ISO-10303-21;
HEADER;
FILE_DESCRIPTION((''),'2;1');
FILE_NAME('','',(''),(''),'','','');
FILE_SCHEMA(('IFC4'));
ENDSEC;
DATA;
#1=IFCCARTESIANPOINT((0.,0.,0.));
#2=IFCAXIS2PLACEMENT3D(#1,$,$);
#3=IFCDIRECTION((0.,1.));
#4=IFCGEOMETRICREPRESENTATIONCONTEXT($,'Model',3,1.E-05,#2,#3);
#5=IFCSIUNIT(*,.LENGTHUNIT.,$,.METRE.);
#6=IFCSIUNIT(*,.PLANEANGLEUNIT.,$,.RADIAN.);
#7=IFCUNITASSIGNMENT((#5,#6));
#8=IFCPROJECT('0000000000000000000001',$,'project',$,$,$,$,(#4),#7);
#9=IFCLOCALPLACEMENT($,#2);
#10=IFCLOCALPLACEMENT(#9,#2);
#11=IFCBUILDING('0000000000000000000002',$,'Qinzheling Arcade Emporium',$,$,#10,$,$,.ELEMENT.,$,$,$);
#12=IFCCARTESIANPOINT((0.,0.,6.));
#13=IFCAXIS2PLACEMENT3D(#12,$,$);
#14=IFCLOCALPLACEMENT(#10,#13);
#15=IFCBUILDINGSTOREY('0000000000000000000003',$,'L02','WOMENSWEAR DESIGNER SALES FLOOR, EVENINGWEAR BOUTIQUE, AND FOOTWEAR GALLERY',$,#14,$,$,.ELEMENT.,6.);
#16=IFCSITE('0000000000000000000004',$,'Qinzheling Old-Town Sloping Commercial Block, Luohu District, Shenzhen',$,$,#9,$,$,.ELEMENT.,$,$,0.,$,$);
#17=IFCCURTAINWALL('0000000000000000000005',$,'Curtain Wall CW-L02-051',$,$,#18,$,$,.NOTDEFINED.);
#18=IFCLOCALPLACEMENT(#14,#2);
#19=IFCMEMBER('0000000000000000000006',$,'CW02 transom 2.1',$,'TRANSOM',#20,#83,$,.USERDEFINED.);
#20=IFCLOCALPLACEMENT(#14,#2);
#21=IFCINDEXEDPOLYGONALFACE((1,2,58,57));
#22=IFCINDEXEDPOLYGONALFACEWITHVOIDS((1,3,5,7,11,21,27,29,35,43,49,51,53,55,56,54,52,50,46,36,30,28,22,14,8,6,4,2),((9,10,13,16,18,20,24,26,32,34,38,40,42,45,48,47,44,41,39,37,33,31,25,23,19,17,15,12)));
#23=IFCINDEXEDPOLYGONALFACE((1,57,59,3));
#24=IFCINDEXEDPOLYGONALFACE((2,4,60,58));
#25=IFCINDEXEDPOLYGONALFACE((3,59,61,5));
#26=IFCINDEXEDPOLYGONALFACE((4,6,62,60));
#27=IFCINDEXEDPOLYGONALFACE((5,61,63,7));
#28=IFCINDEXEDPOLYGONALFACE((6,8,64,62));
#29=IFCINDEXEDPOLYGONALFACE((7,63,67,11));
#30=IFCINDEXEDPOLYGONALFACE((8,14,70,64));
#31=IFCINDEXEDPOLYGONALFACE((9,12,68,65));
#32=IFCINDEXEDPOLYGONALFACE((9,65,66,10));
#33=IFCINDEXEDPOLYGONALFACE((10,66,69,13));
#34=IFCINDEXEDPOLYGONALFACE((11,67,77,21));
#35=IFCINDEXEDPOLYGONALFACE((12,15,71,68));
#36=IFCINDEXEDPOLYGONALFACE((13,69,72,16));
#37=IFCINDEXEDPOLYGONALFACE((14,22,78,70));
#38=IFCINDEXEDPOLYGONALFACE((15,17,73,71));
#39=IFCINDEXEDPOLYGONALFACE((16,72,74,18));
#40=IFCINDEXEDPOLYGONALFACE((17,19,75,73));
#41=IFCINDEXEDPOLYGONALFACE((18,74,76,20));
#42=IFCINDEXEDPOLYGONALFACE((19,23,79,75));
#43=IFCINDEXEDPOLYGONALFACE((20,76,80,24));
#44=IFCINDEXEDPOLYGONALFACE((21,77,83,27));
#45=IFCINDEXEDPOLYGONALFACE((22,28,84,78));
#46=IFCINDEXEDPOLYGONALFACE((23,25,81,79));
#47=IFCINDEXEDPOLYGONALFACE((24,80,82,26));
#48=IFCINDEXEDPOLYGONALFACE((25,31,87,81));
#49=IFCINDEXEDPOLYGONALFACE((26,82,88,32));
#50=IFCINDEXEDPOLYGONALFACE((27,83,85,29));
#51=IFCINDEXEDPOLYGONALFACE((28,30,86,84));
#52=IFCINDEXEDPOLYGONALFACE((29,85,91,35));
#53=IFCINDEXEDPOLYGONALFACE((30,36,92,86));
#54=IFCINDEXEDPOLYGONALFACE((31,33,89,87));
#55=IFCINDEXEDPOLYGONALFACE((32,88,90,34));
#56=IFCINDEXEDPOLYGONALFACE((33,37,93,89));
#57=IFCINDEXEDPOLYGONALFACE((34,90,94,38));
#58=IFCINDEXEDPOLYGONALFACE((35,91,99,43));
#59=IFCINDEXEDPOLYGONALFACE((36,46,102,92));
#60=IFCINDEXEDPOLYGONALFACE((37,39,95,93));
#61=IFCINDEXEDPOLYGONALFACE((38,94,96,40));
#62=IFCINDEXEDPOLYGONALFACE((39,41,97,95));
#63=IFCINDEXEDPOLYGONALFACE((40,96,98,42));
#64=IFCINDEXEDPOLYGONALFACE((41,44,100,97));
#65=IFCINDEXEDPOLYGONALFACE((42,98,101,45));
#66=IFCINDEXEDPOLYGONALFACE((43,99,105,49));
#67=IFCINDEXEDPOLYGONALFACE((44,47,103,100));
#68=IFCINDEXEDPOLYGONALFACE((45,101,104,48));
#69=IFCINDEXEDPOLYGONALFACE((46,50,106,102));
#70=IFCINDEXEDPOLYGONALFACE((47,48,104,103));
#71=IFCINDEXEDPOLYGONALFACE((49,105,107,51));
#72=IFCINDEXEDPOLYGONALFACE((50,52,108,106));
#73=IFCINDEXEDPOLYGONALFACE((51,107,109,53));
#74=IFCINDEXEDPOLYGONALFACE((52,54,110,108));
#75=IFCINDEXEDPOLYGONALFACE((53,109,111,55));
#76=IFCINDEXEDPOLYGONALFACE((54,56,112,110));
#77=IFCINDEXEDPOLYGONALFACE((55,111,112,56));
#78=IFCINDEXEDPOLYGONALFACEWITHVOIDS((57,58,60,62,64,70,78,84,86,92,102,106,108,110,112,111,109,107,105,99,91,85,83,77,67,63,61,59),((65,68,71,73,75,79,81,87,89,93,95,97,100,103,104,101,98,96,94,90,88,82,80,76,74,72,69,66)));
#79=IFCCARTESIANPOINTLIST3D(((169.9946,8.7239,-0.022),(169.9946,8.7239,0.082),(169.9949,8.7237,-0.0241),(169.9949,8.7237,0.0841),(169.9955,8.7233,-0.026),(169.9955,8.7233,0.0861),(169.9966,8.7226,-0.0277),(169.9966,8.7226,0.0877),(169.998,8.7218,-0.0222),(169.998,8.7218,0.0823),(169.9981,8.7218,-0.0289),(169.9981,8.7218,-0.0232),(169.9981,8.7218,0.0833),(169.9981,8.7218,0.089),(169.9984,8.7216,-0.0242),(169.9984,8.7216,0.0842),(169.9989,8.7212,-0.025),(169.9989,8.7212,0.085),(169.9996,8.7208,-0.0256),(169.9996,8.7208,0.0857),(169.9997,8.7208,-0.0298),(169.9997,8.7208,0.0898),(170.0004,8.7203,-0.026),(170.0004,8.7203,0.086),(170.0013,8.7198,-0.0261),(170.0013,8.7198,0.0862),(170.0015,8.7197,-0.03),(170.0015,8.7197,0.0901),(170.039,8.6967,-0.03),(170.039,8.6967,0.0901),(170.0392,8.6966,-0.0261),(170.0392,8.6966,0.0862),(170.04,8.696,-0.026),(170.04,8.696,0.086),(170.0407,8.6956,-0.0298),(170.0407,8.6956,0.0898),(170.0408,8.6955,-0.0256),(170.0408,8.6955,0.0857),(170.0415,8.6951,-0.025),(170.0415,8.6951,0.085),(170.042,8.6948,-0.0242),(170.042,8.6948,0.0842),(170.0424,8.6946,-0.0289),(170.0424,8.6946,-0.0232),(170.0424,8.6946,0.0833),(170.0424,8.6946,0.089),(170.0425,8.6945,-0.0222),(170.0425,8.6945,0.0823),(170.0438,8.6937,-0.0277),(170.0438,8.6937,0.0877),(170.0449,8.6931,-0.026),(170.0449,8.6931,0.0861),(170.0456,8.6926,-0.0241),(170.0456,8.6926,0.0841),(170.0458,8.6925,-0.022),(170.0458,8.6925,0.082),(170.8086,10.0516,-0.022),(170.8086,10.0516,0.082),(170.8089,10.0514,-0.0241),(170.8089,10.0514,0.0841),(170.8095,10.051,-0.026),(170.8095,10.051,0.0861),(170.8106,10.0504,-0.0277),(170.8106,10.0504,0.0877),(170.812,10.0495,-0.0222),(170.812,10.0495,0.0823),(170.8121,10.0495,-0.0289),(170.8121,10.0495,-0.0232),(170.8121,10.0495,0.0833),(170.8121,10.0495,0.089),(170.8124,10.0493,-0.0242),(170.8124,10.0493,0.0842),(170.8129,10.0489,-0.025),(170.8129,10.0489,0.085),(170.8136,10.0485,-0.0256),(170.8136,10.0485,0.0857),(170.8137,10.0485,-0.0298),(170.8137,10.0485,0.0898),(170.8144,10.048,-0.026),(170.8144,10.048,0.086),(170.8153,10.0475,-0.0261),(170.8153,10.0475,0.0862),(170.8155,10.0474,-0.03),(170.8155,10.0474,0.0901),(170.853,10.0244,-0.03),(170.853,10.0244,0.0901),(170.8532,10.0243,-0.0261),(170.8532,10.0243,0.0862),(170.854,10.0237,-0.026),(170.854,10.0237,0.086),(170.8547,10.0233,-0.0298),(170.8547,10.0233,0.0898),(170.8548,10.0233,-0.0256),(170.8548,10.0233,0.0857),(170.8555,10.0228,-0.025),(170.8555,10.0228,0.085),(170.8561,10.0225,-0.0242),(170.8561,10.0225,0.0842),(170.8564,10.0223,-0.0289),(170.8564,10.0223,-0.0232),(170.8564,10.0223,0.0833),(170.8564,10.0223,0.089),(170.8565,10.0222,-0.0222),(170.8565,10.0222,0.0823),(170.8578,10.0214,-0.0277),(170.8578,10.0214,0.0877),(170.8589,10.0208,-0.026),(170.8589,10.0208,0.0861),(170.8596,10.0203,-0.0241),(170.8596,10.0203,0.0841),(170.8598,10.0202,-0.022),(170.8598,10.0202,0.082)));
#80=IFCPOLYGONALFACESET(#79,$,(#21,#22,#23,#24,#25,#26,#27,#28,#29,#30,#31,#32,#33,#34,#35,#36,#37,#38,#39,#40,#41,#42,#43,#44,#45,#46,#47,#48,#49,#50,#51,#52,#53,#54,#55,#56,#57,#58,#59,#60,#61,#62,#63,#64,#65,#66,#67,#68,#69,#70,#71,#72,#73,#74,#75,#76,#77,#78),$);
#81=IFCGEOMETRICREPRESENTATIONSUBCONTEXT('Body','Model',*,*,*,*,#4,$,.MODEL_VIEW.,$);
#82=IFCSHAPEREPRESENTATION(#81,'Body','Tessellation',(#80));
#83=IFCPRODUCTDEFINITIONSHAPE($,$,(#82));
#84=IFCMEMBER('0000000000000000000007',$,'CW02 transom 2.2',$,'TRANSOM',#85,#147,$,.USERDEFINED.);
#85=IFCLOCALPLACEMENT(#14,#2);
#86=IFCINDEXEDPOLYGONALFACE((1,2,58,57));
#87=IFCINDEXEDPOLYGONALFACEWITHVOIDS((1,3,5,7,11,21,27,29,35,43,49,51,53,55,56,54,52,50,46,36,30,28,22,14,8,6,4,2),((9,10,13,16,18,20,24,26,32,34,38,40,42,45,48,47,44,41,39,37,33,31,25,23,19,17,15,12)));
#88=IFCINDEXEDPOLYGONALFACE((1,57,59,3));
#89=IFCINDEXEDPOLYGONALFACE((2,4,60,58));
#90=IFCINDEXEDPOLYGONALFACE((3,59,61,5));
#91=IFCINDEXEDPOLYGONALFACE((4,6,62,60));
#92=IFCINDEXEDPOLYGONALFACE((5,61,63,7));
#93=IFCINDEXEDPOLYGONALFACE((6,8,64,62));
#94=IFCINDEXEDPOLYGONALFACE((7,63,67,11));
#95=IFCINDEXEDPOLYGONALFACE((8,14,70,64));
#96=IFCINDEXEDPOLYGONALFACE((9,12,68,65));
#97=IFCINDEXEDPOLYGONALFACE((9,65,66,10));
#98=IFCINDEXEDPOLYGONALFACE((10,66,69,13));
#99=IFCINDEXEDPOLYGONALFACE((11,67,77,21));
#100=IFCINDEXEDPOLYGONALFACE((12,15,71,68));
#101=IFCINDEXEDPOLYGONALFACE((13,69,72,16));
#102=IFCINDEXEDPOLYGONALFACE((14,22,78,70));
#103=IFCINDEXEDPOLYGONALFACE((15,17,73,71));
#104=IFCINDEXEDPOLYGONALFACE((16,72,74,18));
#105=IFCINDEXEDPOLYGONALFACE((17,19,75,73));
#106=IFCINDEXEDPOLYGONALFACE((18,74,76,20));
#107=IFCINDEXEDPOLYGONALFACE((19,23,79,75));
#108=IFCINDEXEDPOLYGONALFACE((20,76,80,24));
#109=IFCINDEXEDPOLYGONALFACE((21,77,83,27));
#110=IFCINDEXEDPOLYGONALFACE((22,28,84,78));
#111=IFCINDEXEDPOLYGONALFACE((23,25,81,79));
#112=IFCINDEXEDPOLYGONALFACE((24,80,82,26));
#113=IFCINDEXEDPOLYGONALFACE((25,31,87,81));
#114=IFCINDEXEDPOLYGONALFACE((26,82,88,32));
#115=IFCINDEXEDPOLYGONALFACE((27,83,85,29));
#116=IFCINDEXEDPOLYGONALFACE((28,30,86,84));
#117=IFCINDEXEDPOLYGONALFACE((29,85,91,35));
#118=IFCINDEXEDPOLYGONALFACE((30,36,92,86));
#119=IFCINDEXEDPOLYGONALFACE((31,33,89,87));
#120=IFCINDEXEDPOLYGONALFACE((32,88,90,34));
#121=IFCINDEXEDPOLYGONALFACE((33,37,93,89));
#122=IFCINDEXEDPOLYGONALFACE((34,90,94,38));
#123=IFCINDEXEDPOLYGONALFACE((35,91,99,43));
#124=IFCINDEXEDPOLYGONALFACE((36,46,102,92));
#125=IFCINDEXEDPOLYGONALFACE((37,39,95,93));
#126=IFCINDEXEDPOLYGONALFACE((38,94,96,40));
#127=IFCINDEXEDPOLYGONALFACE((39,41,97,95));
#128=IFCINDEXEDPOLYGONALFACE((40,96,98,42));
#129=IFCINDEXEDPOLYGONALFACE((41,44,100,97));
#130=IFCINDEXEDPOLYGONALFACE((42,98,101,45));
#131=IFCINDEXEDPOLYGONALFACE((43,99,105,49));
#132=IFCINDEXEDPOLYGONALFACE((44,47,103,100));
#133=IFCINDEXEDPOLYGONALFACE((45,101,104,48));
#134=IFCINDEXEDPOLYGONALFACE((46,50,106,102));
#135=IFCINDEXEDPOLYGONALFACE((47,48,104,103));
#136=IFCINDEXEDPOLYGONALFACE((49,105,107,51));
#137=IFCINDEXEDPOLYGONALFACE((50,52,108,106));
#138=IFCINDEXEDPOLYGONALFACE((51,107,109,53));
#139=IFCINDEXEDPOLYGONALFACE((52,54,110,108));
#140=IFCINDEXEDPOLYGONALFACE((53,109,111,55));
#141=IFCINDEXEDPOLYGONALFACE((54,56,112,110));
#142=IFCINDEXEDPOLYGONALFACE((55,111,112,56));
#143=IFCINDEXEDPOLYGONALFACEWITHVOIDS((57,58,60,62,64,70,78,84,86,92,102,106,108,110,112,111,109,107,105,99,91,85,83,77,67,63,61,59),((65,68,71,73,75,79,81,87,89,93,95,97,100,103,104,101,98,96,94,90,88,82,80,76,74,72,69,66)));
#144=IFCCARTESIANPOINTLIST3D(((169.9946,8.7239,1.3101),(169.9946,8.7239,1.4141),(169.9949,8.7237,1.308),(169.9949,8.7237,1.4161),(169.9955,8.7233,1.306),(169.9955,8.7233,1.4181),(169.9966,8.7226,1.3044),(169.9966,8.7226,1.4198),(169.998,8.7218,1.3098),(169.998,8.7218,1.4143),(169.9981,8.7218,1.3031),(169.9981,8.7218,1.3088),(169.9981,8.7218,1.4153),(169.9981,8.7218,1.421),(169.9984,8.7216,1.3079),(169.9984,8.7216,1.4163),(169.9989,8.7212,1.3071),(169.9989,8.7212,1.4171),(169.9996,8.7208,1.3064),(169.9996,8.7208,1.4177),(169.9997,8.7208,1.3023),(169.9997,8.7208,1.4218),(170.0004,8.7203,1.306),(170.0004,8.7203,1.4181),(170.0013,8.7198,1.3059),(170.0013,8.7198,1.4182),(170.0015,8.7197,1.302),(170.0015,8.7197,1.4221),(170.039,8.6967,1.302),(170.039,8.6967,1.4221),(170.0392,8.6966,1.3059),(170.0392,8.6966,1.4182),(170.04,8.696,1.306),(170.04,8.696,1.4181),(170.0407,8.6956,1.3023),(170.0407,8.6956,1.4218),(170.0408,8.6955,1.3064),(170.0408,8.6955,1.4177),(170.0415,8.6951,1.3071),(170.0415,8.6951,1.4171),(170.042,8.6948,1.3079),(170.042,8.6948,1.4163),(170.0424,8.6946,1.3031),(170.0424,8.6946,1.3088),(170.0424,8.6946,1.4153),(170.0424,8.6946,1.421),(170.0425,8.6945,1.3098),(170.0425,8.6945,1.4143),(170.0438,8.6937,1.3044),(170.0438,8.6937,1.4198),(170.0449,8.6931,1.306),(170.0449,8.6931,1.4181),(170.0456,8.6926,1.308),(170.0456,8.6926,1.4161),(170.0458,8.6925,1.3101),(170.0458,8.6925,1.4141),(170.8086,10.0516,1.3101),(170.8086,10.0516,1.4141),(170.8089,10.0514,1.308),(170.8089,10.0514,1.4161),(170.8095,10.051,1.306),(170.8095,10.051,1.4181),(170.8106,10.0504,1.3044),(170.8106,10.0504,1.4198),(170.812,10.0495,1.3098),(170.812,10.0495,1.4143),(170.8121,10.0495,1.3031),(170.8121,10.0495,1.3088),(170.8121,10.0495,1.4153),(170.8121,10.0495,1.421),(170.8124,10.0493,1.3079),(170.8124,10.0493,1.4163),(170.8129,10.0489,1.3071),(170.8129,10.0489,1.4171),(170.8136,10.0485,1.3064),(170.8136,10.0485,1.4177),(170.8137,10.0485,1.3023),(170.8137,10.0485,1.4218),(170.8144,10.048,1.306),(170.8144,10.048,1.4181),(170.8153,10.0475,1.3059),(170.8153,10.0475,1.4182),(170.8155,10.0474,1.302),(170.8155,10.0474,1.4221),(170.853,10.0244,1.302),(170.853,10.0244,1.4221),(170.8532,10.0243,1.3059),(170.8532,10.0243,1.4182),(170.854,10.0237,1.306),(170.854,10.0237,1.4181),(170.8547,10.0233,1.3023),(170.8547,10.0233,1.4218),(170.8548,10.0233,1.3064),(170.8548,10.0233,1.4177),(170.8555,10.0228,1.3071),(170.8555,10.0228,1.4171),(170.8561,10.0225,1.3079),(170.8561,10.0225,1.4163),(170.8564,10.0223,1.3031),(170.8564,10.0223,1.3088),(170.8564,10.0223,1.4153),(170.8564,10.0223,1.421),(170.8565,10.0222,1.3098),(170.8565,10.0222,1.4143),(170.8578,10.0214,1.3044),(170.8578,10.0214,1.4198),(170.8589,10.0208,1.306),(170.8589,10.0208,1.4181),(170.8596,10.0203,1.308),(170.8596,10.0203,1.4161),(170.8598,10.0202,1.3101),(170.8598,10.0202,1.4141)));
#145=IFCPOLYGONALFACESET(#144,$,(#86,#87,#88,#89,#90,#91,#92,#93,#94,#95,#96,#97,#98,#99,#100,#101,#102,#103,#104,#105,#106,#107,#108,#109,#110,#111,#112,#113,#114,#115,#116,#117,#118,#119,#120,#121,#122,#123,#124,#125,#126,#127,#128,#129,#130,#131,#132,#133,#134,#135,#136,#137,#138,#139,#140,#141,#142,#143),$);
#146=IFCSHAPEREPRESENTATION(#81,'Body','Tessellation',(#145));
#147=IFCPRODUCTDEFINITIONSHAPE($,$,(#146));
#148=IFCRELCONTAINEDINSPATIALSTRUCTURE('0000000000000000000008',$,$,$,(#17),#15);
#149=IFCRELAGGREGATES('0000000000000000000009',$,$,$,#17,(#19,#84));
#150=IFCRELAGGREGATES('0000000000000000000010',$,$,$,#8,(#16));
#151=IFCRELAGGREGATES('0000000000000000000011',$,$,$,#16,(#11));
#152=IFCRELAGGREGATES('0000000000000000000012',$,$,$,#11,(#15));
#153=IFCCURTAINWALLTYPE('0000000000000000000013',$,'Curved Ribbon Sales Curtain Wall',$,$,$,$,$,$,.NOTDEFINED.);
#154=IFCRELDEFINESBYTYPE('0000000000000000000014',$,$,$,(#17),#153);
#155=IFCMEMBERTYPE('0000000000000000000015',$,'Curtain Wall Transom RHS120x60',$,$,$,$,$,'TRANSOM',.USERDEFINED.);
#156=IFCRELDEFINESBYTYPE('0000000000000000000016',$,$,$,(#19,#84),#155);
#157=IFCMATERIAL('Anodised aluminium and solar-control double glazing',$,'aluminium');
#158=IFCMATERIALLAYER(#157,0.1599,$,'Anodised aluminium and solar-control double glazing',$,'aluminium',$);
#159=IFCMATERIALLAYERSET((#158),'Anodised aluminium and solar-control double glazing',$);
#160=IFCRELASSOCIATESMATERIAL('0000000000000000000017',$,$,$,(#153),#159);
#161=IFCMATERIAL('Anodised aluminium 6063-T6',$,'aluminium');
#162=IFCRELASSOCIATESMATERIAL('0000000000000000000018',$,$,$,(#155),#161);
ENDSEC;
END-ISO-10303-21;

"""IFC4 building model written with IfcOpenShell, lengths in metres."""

from ifc_helpers import new_model, si_unit, direction, frame, origin, origin_2d, place, context, subcontext, project, spatial, hollow_rectangle, extrude, material, layer, layer_set, material_profile, profile_set, type_object, element, aggregate, save


model = new_model("IFC4")

# Units and contexts
model_context = context("Model", 3, precision=1e-05, world=origin(), true_north=direction((0.0, 1.0)))
body_context = subcontext(model_context, "Body", "Model", "MODEL_VIEW")
ifc_project = project(units=[si_unit("LENGTHUNIT", "METRE"), si_unit("PLANEANGLEUNIT", "RADIAN")], contexts=[model_context])

# Site, building, storey
site_placement = place(None, origin())
site = spatial("IfcSite", under=ifc_project, at=site_placement, Name="Qinzheling Old-Town Sloping Commercial Block, Luohu District, Shenzhen", CompositionType="ELEMENT", RefElevation=0.0)
building_placement = place(site_placement, origin())
building = spatial("IfcBuilding", under=site, at=building_placement, Name="Qinzheling Arcade Emporium", CompositionType="ELEMENT")
storey_placement = place(building_placement, frame((0.0, 0.0, 6.0)))
storey = spatial("IfcBuildingStorey", under=building, at=storey_placement, Name="L02", Description="WOMENSWEAR DESIGNER SALES FLOOR, EVENINGWEAR BOUTIQUE, AND FOOTWEAR GALLERY", CompositionType="ELEMENT", Elevation=6.0)

# Curtain wall
ifc_material_1 = material(Name="Anodised aluminium and solar-control double glazing", Category="aluminium")
ifc_layer_1 = layer(ifc_material_1, 0.1599, Name="Anodised aluminium and solar-control double glazing", Category="aluminium")
ifc_layer_set_1 = layer_set([ifc_layer_1], Name="Anodised aluminium and solar-control double glazing")
curtain_wall_type = type_object("IfcCurtainWallType", Name="Curved Ribbon Sales Curtain Wall", PredefinedType="NOTDEFINED", material=ifc_layer_set_1)
curtain_wall_1_placement = place(storey_placement, origin())
curtain_wall_1 = element("IfcCurtainWall", 1, at=curtain_wall_1_placement, inside=storey, type_object=curtain_wall_type, Name="Curtain Wall CW-L02-051", PredefinedType="NOTDEFINED")
ifc_material_2 = material(Name="Anodised aluminium 6063-T6", Category="aluminium")

# Members
ifc_material_profile_1 = material_profile(ifc_material_2, hollow_rectangle(XDim=0.0601, YDim=0.1201, WallThickness=0.0039, InnerFilletRadius=0.0039, OuterFilletRadius=0.0081, at=origin_2d()), Name="RHS 120x60x4", Category="aluminium")
ifc_profile_set_1 = profile_set([ifc_material_profile_1], Name="Anodised aluminium 6063-T6")
member_type_1 = type_object("IfcMemberType", Name="Curtain Wall Transom RHS120x60", ElementType="TRANSOM", PredefinedType="USERDEFINED", material=ifc_profile_set_1)
member_1_placement = place(storey_placement, frame((170.8342, 10.0359, 0.03), z_axis=(-0.52268, -0.852529, 0.0), x_axis=(0.852529, -0.52268, 0.0)))
member_1 = element("IfcMember", 2, at=member_1_placement, type_object=member_type_1, Name="CW02 transom 2.1", ObjectType="TRANSOM", PredefinedType="USERDEFINED", context=body_context, shape_type="SweptSolid", body=[
    extrude(hollow_rectangle(XDim=0.0601, YDim=0.1201, WallThickness=0.0039, InnerFilletRadius=0.0039, OuterFilletRadius=0.0081, at=origin_2d()), origin(), (0.0, 0.0, 1.0), 1.5574),
])
member_2_placement = place(storey_placement, frame((170.8342, 10.0359, 1.3621), z_axis=(-0.52268, -0.852529, 0.0), x_axis=(0.852529, -0.52268, 0.0)))
member_2 = element("IfcMember", 3, at=member_2_placement, type_object=member_type_1, Name="CW02 transom 2.2", ObjectType="TRANSOM", PredefinedType="USERDEFINED", context=body_context, shape_type="SweptSolid", body=[
    extrude(hollow_rectangle(XDim=0.0601, YDim=0.1201, WallThickness=0.0039, InnerFilletRadius=0.0039, OuterFilletRadius=0.0081, at=origin_2d()), origin(), (0.0, 0.0, 1.0), 1.5574),
])

aggregate(curtain_wall_1, [member_1, member_2])

save(model, "model.ifc")
